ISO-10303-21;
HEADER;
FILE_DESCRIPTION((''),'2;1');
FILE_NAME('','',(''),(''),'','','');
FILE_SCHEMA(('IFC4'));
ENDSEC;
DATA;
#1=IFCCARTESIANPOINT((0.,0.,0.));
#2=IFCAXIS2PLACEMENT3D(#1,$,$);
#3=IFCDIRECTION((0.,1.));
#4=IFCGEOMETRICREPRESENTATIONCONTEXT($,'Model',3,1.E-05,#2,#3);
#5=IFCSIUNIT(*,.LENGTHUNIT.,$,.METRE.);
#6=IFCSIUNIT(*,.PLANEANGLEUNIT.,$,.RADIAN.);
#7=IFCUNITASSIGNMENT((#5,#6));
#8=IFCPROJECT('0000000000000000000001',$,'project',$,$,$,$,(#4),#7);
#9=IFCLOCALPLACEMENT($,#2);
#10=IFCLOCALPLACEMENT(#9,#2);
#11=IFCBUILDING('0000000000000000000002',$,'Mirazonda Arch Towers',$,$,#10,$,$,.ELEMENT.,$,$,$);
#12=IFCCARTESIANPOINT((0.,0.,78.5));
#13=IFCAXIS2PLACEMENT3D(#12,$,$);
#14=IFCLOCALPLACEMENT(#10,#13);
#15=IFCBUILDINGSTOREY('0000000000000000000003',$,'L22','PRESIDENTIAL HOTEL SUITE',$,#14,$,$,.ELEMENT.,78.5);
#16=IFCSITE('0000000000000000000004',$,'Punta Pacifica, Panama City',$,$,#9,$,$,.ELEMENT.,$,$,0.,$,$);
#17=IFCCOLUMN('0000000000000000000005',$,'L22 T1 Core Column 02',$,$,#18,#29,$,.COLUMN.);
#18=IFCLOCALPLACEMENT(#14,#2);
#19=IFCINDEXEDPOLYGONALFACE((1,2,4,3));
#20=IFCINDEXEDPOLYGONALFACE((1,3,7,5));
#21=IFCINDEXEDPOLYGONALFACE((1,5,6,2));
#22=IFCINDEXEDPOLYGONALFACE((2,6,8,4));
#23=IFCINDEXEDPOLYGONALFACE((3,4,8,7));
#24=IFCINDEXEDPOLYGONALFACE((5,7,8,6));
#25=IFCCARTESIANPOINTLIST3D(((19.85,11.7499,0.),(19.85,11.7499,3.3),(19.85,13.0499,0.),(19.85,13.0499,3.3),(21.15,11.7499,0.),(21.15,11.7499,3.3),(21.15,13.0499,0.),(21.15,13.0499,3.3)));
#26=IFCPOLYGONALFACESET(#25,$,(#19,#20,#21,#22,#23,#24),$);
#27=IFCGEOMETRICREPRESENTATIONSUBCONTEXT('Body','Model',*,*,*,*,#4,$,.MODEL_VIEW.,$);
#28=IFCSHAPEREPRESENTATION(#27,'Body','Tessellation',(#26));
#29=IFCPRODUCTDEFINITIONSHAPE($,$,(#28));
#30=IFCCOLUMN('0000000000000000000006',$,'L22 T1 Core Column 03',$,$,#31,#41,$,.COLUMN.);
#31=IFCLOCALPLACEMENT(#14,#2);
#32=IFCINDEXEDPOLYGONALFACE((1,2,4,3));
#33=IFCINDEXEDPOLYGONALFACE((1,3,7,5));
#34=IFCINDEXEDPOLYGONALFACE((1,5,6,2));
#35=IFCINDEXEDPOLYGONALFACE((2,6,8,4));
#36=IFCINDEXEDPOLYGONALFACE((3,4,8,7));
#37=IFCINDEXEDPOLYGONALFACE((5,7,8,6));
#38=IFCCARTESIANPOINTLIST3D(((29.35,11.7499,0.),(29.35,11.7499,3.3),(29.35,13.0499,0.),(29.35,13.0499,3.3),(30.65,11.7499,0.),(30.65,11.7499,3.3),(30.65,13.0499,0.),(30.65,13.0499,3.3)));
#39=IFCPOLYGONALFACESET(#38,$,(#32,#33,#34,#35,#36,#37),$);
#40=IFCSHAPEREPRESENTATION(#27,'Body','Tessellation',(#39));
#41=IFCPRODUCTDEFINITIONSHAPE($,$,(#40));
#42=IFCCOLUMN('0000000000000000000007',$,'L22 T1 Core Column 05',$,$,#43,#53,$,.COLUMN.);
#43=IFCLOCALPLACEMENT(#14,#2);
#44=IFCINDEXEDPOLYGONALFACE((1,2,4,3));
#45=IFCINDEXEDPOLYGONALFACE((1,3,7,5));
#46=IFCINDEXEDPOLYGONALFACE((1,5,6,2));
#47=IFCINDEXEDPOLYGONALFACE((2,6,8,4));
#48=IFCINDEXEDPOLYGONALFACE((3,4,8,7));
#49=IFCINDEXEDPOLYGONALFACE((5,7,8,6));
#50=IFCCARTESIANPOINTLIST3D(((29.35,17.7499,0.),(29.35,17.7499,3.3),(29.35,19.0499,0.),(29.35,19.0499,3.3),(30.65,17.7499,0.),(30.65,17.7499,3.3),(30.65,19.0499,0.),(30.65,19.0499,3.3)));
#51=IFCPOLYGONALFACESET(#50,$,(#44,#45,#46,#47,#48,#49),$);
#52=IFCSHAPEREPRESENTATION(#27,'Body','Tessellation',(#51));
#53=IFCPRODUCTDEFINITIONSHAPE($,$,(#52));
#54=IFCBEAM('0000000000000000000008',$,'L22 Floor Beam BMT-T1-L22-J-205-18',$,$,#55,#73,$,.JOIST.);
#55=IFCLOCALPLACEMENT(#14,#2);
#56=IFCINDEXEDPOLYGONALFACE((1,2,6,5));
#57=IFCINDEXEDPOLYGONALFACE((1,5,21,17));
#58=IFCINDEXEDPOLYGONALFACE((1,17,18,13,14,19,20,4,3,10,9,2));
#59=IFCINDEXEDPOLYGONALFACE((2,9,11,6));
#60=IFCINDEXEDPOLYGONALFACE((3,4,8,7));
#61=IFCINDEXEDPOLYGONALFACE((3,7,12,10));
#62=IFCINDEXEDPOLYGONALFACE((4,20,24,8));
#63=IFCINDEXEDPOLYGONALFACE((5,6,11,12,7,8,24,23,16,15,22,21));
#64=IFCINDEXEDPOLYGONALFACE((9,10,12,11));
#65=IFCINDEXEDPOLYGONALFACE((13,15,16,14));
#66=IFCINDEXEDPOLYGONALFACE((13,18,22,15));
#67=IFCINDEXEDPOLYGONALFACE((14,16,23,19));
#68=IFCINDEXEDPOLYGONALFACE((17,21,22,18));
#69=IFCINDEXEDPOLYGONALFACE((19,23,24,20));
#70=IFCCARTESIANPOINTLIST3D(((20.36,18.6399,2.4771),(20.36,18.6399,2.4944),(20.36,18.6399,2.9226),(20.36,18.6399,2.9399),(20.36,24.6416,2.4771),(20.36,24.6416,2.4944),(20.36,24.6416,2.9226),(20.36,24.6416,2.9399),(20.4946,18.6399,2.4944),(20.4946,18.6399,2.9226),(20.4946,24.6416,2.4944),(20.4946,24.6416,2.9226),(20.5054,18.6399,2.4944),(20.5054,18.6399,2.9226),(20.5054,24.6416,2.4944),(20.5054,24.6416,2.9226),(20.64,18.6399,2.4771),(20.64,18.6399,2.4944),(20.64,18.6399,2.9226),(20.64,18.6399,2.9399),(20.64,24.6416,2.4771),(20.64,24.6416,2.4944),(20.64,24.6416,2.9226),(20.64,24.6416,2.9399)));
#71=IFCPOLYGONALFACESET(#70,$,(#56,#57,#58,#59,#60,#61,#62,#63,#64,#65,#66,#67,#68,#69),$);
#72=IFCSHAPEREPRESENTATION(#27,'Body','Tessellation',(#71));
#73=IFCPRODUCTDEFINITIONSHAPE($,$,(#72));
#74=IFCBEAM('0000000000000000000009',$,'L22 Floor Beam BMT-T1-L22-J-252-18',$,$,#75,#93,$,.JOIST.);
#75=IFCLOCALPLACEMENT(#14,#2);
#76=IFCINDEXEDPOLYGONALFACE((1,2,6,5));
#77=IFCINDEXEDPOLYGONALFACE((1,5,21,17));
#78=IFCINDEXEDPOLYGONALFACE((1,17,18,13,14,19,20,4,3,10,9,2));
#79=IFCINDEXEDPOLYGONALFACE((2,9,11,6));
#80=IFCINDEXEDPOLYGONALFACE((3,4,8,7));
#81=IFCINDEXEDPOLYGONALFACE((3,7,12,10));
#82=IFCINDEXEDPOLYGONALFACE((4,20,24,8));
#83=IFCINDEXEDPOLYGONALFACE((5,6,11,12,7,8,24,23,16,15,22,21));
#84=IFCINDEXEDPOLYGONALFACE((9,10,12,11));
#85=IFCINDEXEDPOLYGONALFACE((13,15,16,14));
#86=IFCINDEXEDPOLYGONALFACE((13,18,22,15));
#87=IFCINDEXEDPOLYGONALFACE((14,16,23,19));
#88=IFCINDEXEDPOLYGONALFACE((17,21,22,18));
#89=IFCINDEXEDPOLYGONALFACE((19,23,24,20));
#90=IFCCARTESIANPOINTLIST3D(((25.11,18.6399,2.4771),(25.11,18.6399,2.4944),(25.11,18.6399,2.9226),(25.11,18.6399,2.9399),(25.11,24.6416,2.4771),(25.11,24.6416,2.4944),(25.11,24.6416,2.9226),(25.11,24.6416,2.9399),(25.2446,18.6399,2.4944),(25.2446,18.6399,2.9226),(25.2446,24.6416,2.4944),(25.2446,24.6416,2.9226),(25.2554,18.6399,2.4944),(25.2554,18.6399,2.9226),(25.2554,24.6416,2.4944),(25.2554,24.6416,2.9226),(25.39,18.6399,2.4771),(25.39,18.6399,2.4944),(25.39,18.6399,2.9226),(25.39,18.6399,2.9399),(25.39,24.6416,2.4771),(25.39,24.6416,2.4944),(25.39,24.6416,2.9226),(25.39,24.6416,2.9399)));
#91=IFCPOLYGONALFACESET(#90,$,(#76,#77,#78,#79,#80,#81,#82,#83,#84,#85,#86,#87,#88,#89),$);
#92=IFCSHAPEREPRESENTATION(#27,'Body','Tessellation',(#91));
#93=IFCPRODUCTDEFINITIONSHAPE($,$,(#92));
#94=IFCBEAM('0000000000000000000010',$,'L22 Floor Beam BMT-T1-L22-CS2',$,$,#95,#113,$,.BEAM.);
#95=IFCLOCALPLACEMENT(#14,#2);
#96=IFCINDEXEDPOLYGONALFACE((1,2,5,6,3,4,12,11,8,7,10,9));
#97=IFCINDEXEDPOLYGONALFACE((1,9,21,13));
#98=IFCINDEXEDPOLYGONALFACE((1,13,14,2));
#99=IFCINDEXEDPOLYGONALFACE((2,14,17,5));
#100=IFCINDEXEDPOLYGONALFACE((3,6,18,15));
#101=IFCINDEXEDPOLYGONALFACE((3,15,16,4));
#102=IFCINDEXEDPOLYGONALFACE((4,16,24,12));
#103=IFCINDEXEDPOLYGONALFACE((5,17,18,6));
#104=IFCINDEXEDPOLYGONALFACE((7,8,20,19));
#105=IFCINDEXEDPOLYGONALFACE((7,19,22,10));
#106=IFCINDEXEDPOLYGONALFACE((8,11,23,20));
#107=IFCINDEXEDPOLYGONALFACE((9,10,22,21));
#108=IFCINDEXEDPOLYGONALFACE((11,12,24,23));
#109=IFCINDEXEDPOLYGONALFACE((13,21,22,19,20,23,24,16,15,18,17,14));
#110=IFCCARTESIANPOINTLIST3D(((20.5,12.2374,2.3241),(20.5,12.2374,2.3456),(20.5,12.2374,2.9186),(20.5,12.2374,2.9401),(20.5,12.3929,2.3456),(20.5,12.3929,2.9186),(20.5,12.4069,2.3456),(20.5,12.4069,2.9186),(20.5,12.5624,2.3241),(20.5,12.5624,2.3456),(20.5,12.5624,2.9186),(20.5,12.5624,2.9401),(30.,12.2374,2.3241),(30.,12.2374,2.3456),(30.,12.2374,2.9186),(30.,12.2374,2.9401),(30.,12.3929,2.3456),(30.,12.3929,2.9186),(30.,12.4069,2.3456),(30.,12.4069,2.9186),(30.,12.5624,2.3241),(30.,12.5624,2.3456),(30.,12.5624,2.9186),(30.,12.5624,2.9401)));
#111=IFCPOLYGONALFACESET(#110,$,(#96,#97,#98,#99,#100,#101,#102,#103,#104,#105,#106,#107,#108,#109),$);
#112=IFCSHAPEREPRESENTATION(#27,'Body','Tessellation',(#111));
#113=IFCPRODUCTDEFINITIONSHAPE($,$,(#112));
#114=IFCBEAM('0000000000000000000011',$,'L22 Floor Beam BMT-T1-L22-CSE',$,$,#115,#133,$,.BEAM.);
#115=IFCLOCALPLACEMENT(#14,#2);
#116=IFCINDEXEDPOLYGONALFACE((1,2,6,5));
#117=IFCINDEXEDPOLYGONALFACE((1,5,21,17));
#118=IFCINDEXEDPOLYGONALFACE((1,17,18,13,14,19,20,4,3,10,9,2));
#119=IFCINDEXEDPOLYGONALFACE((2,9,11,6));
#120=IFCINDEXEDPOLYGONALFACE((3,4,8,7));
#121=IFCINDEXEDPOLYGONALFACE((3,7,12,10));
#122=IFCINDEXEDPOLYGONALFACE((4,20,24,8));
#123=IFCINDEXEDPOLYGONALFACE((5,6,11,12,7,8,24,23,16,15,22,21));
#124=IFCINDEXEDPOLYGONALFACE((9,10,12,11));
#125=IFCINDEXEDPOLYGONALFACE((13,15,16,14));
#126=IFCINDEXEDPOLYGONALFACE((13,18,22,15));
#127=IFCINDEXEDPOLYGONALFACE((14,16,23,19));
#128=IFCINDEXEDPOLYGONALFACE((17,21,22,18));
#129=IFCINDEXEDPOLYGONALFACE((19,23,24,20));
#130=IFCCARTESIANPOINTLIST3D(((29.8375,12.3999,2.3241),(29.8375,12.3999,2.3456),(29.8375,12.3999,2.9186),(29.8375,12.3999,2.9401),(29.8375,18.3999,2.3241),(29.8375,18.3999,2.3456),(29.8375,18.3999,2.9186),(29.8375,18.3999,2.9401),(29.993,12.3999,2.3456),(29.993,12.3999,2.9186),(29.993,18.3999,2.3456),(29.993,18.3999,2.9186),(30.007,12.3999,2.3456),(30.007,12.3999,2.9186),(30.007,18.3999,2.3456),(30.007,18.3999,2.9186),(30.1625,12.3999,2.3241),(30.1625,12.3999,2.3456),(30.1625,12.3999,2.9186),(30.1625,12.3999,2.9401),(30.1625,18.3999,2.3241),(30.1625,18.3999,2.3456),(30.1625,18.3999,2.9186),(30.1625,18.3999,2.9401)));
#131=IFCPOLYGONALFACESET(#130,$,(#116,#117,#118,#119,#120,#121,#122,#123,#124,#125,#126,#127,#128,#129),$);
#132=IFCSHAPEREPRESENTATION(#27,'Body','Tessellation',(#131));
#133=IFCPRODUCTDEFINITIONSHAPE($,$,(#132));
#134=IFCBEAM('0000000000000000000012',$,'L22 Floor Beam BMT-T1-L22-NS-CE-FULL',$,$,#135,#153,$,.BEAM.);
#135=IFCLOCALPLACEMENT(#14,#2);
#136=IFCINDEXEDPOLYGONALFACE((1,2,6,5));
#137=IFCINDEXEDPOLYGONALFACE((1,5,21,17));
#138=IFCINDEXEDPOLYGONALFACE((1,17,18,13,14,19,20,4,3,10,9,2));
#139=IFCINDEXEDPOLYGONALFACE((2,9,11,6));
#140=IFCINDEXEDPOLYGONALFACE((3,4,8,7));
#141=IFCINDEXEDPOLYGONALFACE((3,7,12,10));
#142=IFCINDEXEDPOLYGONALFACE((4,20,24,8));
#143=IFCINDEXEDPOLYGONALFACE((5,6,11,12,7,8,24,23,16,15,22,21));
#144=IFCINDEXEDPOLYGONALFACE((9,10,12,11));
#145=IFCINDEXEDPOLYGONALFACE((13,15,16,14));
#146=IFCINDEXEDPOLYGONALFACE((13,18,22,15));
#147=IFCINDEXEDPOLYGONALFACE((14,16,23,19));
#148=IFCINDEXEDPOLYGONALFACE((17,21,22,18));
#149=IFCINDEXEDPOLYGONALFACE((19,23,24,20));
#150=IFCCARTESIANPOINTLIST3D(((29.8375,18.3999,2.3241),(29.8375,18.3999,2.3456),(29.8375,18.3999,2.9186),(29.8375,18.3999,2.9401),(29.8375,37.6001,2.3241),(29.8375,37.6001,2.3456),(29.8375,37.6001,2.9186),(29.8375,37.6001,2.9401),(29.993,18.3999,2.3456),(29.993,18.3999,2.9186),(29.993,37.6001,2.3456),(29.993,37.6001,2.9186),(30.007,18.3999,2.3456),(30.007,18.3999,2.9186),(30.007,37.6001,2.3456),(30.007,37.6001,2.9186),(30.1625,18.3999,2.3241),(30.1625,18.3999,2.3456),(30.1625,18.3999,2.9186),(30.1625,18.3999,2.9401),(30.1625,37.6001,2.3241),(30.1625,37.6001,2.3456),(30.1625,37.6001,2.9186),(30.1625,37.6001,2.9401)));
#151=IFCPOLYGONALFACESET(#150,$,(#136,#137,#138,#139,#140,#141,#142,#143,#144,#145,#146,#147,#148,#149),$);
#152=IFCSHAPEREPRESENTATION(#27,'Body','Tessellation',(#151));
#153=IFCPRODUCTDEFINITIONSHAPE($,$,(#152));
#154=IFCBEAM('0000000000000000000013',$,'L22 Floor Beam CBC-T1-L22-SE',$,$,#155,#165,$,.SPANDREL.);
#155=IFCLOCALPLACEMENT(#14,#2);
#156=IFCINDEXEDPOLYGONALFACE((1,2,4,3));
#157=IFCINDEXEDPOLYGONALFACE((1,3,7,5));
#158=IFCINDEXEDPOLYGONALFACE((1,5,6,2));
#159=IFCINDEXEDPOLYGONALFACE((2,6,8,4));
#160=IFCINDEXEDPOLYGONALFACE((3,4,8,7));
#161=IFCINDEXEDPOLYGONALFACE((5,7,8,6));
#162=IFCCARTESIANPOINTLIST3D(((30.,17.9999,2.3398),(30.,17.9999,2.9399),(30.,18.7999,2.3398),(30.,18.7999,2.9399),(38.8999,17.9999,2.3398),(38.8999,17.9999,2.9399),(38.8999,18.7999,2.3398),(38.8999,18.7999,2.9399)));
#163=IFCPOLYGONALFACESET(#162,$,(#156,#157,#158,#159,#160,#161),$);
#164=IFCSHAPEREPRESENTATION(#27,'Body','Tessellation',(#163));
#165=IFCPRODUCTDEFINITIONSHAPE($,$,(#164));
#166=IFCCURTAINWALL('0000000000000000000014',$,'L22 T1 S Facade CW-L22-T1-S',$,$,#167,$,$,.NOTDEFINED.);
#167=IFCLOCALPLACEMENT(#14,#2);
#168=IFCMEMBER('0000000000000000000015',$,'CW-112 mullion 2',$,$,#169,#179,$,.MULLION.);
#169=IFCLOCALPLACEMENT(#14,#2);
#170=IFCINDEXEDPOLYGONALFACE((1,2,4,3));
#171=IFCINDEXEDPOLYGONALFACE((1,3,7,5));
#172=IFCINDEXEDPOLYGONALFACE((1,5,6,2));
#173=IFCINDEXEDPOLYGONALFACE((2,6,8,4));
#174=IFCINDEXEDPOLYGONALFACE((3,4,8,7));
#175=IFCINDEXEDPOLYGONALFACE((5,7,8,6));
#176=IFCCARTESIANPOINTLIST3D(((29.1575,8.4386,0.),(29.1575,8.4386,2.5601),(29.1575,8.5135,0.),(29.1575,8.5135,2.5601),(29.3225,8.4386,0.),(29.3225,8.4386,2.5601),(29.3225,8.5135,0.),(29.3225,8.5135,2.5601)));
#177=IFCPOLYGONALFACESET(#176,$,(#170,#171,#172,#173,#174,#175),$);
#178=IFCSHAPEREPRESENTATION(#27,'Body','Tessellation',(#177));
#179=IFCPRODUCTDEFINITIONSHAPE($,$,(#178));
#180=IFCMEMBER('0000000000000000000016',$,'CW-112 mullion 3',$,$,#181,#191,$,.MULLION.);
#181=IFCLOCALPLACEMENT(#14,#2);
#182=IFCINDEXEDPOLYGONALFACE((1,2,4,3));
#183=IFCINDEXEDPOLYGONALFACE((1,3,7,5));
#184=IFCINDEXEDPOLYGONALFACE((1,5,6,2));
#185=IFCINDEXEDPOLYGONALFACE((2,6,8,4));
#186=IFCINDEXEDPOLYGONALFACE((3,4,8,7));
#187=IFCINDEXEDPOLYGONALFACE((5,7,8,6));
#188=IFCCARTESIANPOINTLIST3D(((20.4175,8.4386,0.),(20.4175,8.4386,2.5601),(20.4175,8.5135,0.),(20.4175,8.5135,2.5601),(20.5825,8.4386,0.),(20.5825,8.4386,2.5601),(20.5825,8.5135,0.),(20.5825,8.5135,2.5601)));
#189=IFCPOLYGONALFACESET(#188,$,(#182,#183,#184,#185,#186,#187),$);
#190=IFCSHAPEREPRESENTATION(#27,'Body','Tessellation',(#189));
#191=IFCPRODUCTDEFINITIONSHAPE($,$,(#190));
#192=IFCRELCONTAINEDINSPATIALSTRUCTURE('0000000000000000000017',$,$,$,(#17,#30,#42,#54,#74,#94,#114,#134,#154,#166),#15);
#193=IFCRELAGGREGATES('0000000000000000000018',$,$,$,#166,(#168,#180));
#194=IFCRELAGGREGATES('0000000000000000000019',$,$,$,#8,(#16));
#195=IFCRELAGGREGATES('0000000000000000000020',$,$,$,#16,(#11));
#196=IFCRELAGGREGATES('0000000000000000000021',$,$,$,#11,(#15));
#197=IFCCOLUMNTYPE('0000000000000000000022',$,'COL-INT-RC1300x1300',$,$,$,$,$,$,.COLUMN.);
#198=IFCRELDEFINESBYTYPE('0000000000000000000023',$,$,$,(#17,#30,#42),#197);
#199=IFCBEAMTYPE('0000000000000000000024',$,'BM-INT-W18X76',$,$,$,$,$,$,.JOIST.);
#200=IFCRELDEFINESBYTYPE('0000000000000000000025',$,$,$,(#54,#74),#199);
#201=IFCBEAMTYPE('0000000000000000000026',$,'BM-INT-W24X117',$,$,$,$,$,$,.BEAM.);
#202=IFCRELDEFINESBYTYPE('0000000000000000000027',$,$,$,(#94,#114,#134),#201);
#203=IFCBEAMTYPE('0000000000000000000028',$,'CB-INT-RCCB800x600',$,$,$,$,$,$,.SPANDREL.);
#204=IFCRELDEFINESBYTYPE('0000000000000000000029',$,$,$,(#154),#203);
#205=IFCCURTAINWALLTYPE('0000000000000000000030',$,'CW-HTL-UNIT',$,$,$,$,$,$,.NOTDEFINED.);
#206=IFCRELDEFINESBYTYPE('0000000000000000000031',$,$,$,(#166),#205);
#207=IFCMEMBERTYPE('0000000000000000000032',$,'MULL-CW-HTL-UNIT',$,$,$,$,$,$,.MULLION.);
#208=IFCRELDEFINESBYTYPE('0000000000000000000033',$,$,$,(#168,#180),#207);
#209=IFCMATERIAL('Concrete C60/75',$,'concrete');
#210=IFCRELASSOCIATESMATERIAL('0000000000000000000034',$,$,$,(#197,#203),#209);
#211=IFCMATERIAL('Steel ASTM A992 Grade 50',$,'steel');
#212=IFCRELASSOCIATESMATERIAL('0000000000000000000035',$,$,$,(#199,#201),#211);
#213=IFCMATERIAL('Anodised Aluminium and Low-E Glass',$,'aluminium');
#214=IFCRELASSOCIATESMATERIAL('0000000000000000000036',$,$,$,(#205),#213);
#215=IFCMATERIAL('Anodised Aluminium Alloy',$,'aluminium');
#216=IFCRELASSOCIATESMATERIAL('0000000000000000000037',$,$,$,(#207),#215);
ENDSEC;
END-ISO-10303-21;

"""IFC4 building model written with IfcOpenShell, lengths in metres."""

from ifc_helpers import new_model, si_unit, direction, frame, origin, origin_2d, place, context, subcontext, project, spatial, rectangle, i_section, extrude, material, material_profile, profile_set, type_object, element, aggregate, save


model = new_model("IFC4")

# Units and contexts
model_context = context("Model", 3, precision=1e-05, world=origin(), true_north=direction((0.0, 1.0)))
body_context = subcontext(model_context, "Body", "Model", "MODEL_VIEW")
ifc_project = project(units=[si_unit("LENGTHUNIT", "METRE"), si_unit("PLANEANGLEUNIT", "RADIAN")], contexts=[model_context])

# Site, building, storey
site_placement = place(None, origin())
site = spatial("IfcSite", under=ifc_project, at=site_placement, Name="Punta Pacifica, Panama City", CompositionType="ELEMENT", RefElevation=0.0)
building_placement = place(site_placement, origin())
building = spatial("IfcBuilding", under=site, at=building_placement, Name="Mirazonda Arch Towers", CompositionType="ELEMENT")
storey_placement = place(building_placement, frame((0.0, 0.0, 78.5)))
storey = spatial("IfcBuildingStorey", under=building, at=storey_placement, Name="L22", Description="PRESIDENTIAL HOTEL SUITE", CompositionType="ELEMENT", Elevation=78.5)

# Columns
ifc_material_1 = material(Name="Concrete C60/75", Category="concrete")
ifc_material_profile_1 = material_profile(ifc_material_1, rectangle(XDim=1.3, YDim=1.3, at=origin_2d()), Name="RC1300x1300")
ifc_profile_set_1 = profile_set([ifc_material_profile_1], Name="Concrete C60/75")
column_type = type_object("IfcColumnType", Name="COL-INT-RC1300x1300", PredefinedType="COLUMN", material=ifc_profile_set_1)
for number, where, z_axis, x_axis, name in (
    (1, (20.5, 12.3999, 0.0), (0.0, 0.0, 1.0), (1.0, 0.0, 0.0), "L22 T1 Core Column 02"),
    (2, (30.0, 12.3999, 0.0), (0.0, 0.0, 1.0), (1.0, 0.0, 0.0), "L22 T1 Core Column 03"),
    (3, (30.0, 18.3999, 0.0), (0.0, 0.0, 1.0), (1.0, 0.0, 0.0), "L22 T1 Core Column 05"),
):
    element("IfcColumn", number, at=place(storey_placement, frame(where, z_axis=z_axis, x_axis=x_axis)), inside=storey, type_object=column_type, Name=name, PredefinedType="COLUMN", context=body_context, shape_type="SweptSolid", body=[
        extrude(rectangle(XDim=1.3, YDim=1.3, at=origin_2d()), origin(), (0.0, 0.0, 1.0), 3.3),
    ])

# Beams
ifc_material_2 = material(Name="Steel ASTM A992 Grade 50", Category="steel")
ifc_material_profile_2 = material_profile(ifc_material_2, i_section(OverallWidth=0.28, OverallDepth=0.4629, WebThickness=0.0107, FlangeThickness=0.0173, at=origin_2d()), Name="W18X76")
ifc_profile_set_2 = profile_set([ifc_material_profile_2], Name="Steel ASTM A992 Grade 50")
beam_type_1 = type_object("IfcBeamType", Name="BM-INT-W18X76", PredefinedType="JOIST", material=ifc_profile_set_2)
for number, where, z_axis, x_axis, name in (
    (4, (20.5, 18.6399, 2.7085), (0.0, 1.0, 0.0), (-1.0, 0.0, 0.0), "L22 Floor Beam BMT-T1-L22-J-205-18"),
    (5, (25.25, 18.6399, 2.7085), (0.0, 1.0, 0.0), (-1.0, 0.0, 0.0), "L22 Floor Beam BMT-T1-L22-J-252-18"),
):
    element("IfcBeam", number, at=place(storey_placement, frame(where, z_axis=z_axis, x_axis=x_axis)), inside=storey, type_object=beam_type_1, Name=name, PredefinedType="JOIST", context=body_context, shape_type="SweptSolid", body=[
        extrude(i_section(OverallWidth=0.28, OverallDepth=0.4629, WebThickness=0.0107, FlangeThickness=0.0173, at=origin_2d()), origin(), (0.0, 0.0, 1.0), 6.0017),
    ])
ifc_material_profile_3 = material_profile(ifc_material_2, i_section(OverallWidth=0.325, OverallDepth=0.616, WebThickness=0.0139, FlangeThickness=0.0215, at=origin_2d()), Name="W24X117")
ifc_profile_set_3 = profile_set([ifc_material_profile_3], Name="Steel ASTM A992 Grade 50")
beam_type_2 = type_object("IfcBeamType", Name="BM-INT-W24X117", PredefinedType="BEAM", material=ifc_profile_set_3)
beam_1_placement = place(storey_placement, frame((20.5, 12.3999, 2.6321), z_axis=(1.0, 0.0, 0.0), x_axis=(0.0, 1.0, 0.0)))
element("IfcBeam", 6, at=beam_1_placement, inside=storey, type_object=beam_type_2, Name="L22 Floor Beam BMT-T1-L22-CS2", PredefinedType="BEAM", context=body_context, shape_type="SweptSolid", body=[
    extrude(i_section(OverallWidth=0.325, OverallDepth=0.616, WebThickness=0.0139, FlangeThickness=0.0215, at=origin_2d()), origin(), (0.0, 0.0, 1.0), 9.5),
])
beam_2_placement = place(storey_placement, frame((30.0, 12.3999, 2.6321), z_axis=(0.0, 1.0, 0.0), x_axis=(-1.0, 0.0, 0.0)))
element("IfcBeam", 7, at=beam_2_placement, inside=storey, type_object=beam_type_2, Name="L22 Floor Beam BMT-T1-L22-CSE", PredefinedType="BEAM", context=body_context, shape_type="SweptSolid", body=[
    extrude(i_section(OverallWidth=0.325, OverallDepth=0.616, WebThickness=0.0139, FlangeThickness=0.0215, at=origin_2d()), origin(), (0.0, 0.0, 1.0), 6.0),
])
beam_3_placement = place(storey_placement, frame((30.0, 18.3999, 2.6321), z_axis=(0.0, 1.0, 0.0), x_axis=(-1.0, 0.0, 0.0)))
element("IfcBeam", 8, at=beam_3_placement, inside=storey, type_object=beam_type_2, Name="L22 Floor Beam BMT-T1-L22-NS-CE-FULL", PredefinedType="BEAM", context=body_context, shape_type="SweptSolid", body=[
    extrude(i_section(OverallWidth=0.325, OverallDepth=0.616, WebThickness=0.0139, FlangeThickness=0.0215, at=origin_2d()), origin(), (0.0, 0.0, 1.0), 19.2002),
])
ifc_material_profile_4 = material_profile(ifc_material_1, rectangle(XDim=0.8, YDim=0.6001, at=origin_2d()), Name="RCCB800x600")
ifc_profile_set_4 = profile_set([ifc_material_profile_4], Name="Concrete C60/75")
beam_type_3 = type_object("IfcBeamType", Name="CB-INT-RCCB800x600", PredefinedType="SPANDREL", material=ifc_profile_set_4)
beam_4_placement = place(storey_placement, frame((30.0, 18.3999, 2.6399), z_axis=(1.0, 0.0, 0.0), x_axis=(0.0, 1.0, 0.0)))
element("IfcBeam", 9, at=beam_4_placement, inside=storey, type_object=beam_type_3, Name="L22 Floor Beam CBC-T1-L22-SE", PredefinedType="SPANDREL", context=body_context, shape_type="SweptSolid", body=[
    extrude(rectangle(XDim=0.8, YDim=0.6001, at=origin_2d()), origin(), (0.0, 0.0, 1.0), 8.8999),
])

# Curtain wall, members
ifc_material_3 = material(Name="Anodised Aluminium and Low-E Glass", Category="aluminium")
curtain_wall_type = type_object("IfcCurtainWallType", Name="CW-HTL-UNIT", PredefinedType="NOTDEFINED", material=ifc_material_3)
curtain_wall_placement = place(storey_placement, origin())
curtain_wall = element("IfcCurtainWall", 10, at=curtain_wall_placement, inside=storey, type_object=curtain_wall_type, Name="L22 T1 S Facade CW-L22-T1-S", PredefinedType="NOTDEFINED")
ifc_material_4 = material(Name="Anodised Aluminium Alloy", Category="aluminium")
ifc_material_profile_5 = material_profile(ifc_material_4, rectangle(XDim=0.075, YDim=0.165, at=origin_2d()), Name="ALU-MULL-75x165")
ifc_profile_set_5 = profile_set([ifc_material_profile_5], Name="Anodised Aluminium Alloy")
member_type_1 = type_object("IfcMemberType", Name="MULL-CW-HTL-UNIT", PredefinedType="MULLION", material=ifc_profile_set_5)
member_1_placement = place(storey_placement, frame((29.24, 8.4761, 0.0), z_axis=(0.0, 0.0, 1.0), x_axis=(0.0, -1.0, 0.0)))
member_1 = element("IfcMember", 11, at=member_1_placement, type_object=member_type_1, Name="CW-112 mullion 2", PredefinedType="MULLION", context=body_context, shape_type="SweptSolid", body=[
    extrude(rectangle(XDim=0.075, YDim=0.165, at=origin_2d()), origin(), (0.0, 0.0, 1.0), 2.5601),
])
member_2_placement = place(storey_placement, frame((20.5, 8.4761, 0.0), z_axis=(0.0, 0.0, 1.0), x_axis=(0.0, -1.0, 0.0)))
member_2 = element("IfcMember", 12, at=member_2_placement, type_object=member_type_1, Name="CW-112 mullion 3", PredefinedType="MULLION", context=body_context, shape_type="SweptSolid", body=[
    extrude(rectangle(XDim=0.075, YDim=0.165, at=origin_2d()), origin(), (0.0, 0.0, 1.0), 2.5601),
])
aggregate(curtain_wall, [member_1, member_2])

save(model, "model.ifc")
